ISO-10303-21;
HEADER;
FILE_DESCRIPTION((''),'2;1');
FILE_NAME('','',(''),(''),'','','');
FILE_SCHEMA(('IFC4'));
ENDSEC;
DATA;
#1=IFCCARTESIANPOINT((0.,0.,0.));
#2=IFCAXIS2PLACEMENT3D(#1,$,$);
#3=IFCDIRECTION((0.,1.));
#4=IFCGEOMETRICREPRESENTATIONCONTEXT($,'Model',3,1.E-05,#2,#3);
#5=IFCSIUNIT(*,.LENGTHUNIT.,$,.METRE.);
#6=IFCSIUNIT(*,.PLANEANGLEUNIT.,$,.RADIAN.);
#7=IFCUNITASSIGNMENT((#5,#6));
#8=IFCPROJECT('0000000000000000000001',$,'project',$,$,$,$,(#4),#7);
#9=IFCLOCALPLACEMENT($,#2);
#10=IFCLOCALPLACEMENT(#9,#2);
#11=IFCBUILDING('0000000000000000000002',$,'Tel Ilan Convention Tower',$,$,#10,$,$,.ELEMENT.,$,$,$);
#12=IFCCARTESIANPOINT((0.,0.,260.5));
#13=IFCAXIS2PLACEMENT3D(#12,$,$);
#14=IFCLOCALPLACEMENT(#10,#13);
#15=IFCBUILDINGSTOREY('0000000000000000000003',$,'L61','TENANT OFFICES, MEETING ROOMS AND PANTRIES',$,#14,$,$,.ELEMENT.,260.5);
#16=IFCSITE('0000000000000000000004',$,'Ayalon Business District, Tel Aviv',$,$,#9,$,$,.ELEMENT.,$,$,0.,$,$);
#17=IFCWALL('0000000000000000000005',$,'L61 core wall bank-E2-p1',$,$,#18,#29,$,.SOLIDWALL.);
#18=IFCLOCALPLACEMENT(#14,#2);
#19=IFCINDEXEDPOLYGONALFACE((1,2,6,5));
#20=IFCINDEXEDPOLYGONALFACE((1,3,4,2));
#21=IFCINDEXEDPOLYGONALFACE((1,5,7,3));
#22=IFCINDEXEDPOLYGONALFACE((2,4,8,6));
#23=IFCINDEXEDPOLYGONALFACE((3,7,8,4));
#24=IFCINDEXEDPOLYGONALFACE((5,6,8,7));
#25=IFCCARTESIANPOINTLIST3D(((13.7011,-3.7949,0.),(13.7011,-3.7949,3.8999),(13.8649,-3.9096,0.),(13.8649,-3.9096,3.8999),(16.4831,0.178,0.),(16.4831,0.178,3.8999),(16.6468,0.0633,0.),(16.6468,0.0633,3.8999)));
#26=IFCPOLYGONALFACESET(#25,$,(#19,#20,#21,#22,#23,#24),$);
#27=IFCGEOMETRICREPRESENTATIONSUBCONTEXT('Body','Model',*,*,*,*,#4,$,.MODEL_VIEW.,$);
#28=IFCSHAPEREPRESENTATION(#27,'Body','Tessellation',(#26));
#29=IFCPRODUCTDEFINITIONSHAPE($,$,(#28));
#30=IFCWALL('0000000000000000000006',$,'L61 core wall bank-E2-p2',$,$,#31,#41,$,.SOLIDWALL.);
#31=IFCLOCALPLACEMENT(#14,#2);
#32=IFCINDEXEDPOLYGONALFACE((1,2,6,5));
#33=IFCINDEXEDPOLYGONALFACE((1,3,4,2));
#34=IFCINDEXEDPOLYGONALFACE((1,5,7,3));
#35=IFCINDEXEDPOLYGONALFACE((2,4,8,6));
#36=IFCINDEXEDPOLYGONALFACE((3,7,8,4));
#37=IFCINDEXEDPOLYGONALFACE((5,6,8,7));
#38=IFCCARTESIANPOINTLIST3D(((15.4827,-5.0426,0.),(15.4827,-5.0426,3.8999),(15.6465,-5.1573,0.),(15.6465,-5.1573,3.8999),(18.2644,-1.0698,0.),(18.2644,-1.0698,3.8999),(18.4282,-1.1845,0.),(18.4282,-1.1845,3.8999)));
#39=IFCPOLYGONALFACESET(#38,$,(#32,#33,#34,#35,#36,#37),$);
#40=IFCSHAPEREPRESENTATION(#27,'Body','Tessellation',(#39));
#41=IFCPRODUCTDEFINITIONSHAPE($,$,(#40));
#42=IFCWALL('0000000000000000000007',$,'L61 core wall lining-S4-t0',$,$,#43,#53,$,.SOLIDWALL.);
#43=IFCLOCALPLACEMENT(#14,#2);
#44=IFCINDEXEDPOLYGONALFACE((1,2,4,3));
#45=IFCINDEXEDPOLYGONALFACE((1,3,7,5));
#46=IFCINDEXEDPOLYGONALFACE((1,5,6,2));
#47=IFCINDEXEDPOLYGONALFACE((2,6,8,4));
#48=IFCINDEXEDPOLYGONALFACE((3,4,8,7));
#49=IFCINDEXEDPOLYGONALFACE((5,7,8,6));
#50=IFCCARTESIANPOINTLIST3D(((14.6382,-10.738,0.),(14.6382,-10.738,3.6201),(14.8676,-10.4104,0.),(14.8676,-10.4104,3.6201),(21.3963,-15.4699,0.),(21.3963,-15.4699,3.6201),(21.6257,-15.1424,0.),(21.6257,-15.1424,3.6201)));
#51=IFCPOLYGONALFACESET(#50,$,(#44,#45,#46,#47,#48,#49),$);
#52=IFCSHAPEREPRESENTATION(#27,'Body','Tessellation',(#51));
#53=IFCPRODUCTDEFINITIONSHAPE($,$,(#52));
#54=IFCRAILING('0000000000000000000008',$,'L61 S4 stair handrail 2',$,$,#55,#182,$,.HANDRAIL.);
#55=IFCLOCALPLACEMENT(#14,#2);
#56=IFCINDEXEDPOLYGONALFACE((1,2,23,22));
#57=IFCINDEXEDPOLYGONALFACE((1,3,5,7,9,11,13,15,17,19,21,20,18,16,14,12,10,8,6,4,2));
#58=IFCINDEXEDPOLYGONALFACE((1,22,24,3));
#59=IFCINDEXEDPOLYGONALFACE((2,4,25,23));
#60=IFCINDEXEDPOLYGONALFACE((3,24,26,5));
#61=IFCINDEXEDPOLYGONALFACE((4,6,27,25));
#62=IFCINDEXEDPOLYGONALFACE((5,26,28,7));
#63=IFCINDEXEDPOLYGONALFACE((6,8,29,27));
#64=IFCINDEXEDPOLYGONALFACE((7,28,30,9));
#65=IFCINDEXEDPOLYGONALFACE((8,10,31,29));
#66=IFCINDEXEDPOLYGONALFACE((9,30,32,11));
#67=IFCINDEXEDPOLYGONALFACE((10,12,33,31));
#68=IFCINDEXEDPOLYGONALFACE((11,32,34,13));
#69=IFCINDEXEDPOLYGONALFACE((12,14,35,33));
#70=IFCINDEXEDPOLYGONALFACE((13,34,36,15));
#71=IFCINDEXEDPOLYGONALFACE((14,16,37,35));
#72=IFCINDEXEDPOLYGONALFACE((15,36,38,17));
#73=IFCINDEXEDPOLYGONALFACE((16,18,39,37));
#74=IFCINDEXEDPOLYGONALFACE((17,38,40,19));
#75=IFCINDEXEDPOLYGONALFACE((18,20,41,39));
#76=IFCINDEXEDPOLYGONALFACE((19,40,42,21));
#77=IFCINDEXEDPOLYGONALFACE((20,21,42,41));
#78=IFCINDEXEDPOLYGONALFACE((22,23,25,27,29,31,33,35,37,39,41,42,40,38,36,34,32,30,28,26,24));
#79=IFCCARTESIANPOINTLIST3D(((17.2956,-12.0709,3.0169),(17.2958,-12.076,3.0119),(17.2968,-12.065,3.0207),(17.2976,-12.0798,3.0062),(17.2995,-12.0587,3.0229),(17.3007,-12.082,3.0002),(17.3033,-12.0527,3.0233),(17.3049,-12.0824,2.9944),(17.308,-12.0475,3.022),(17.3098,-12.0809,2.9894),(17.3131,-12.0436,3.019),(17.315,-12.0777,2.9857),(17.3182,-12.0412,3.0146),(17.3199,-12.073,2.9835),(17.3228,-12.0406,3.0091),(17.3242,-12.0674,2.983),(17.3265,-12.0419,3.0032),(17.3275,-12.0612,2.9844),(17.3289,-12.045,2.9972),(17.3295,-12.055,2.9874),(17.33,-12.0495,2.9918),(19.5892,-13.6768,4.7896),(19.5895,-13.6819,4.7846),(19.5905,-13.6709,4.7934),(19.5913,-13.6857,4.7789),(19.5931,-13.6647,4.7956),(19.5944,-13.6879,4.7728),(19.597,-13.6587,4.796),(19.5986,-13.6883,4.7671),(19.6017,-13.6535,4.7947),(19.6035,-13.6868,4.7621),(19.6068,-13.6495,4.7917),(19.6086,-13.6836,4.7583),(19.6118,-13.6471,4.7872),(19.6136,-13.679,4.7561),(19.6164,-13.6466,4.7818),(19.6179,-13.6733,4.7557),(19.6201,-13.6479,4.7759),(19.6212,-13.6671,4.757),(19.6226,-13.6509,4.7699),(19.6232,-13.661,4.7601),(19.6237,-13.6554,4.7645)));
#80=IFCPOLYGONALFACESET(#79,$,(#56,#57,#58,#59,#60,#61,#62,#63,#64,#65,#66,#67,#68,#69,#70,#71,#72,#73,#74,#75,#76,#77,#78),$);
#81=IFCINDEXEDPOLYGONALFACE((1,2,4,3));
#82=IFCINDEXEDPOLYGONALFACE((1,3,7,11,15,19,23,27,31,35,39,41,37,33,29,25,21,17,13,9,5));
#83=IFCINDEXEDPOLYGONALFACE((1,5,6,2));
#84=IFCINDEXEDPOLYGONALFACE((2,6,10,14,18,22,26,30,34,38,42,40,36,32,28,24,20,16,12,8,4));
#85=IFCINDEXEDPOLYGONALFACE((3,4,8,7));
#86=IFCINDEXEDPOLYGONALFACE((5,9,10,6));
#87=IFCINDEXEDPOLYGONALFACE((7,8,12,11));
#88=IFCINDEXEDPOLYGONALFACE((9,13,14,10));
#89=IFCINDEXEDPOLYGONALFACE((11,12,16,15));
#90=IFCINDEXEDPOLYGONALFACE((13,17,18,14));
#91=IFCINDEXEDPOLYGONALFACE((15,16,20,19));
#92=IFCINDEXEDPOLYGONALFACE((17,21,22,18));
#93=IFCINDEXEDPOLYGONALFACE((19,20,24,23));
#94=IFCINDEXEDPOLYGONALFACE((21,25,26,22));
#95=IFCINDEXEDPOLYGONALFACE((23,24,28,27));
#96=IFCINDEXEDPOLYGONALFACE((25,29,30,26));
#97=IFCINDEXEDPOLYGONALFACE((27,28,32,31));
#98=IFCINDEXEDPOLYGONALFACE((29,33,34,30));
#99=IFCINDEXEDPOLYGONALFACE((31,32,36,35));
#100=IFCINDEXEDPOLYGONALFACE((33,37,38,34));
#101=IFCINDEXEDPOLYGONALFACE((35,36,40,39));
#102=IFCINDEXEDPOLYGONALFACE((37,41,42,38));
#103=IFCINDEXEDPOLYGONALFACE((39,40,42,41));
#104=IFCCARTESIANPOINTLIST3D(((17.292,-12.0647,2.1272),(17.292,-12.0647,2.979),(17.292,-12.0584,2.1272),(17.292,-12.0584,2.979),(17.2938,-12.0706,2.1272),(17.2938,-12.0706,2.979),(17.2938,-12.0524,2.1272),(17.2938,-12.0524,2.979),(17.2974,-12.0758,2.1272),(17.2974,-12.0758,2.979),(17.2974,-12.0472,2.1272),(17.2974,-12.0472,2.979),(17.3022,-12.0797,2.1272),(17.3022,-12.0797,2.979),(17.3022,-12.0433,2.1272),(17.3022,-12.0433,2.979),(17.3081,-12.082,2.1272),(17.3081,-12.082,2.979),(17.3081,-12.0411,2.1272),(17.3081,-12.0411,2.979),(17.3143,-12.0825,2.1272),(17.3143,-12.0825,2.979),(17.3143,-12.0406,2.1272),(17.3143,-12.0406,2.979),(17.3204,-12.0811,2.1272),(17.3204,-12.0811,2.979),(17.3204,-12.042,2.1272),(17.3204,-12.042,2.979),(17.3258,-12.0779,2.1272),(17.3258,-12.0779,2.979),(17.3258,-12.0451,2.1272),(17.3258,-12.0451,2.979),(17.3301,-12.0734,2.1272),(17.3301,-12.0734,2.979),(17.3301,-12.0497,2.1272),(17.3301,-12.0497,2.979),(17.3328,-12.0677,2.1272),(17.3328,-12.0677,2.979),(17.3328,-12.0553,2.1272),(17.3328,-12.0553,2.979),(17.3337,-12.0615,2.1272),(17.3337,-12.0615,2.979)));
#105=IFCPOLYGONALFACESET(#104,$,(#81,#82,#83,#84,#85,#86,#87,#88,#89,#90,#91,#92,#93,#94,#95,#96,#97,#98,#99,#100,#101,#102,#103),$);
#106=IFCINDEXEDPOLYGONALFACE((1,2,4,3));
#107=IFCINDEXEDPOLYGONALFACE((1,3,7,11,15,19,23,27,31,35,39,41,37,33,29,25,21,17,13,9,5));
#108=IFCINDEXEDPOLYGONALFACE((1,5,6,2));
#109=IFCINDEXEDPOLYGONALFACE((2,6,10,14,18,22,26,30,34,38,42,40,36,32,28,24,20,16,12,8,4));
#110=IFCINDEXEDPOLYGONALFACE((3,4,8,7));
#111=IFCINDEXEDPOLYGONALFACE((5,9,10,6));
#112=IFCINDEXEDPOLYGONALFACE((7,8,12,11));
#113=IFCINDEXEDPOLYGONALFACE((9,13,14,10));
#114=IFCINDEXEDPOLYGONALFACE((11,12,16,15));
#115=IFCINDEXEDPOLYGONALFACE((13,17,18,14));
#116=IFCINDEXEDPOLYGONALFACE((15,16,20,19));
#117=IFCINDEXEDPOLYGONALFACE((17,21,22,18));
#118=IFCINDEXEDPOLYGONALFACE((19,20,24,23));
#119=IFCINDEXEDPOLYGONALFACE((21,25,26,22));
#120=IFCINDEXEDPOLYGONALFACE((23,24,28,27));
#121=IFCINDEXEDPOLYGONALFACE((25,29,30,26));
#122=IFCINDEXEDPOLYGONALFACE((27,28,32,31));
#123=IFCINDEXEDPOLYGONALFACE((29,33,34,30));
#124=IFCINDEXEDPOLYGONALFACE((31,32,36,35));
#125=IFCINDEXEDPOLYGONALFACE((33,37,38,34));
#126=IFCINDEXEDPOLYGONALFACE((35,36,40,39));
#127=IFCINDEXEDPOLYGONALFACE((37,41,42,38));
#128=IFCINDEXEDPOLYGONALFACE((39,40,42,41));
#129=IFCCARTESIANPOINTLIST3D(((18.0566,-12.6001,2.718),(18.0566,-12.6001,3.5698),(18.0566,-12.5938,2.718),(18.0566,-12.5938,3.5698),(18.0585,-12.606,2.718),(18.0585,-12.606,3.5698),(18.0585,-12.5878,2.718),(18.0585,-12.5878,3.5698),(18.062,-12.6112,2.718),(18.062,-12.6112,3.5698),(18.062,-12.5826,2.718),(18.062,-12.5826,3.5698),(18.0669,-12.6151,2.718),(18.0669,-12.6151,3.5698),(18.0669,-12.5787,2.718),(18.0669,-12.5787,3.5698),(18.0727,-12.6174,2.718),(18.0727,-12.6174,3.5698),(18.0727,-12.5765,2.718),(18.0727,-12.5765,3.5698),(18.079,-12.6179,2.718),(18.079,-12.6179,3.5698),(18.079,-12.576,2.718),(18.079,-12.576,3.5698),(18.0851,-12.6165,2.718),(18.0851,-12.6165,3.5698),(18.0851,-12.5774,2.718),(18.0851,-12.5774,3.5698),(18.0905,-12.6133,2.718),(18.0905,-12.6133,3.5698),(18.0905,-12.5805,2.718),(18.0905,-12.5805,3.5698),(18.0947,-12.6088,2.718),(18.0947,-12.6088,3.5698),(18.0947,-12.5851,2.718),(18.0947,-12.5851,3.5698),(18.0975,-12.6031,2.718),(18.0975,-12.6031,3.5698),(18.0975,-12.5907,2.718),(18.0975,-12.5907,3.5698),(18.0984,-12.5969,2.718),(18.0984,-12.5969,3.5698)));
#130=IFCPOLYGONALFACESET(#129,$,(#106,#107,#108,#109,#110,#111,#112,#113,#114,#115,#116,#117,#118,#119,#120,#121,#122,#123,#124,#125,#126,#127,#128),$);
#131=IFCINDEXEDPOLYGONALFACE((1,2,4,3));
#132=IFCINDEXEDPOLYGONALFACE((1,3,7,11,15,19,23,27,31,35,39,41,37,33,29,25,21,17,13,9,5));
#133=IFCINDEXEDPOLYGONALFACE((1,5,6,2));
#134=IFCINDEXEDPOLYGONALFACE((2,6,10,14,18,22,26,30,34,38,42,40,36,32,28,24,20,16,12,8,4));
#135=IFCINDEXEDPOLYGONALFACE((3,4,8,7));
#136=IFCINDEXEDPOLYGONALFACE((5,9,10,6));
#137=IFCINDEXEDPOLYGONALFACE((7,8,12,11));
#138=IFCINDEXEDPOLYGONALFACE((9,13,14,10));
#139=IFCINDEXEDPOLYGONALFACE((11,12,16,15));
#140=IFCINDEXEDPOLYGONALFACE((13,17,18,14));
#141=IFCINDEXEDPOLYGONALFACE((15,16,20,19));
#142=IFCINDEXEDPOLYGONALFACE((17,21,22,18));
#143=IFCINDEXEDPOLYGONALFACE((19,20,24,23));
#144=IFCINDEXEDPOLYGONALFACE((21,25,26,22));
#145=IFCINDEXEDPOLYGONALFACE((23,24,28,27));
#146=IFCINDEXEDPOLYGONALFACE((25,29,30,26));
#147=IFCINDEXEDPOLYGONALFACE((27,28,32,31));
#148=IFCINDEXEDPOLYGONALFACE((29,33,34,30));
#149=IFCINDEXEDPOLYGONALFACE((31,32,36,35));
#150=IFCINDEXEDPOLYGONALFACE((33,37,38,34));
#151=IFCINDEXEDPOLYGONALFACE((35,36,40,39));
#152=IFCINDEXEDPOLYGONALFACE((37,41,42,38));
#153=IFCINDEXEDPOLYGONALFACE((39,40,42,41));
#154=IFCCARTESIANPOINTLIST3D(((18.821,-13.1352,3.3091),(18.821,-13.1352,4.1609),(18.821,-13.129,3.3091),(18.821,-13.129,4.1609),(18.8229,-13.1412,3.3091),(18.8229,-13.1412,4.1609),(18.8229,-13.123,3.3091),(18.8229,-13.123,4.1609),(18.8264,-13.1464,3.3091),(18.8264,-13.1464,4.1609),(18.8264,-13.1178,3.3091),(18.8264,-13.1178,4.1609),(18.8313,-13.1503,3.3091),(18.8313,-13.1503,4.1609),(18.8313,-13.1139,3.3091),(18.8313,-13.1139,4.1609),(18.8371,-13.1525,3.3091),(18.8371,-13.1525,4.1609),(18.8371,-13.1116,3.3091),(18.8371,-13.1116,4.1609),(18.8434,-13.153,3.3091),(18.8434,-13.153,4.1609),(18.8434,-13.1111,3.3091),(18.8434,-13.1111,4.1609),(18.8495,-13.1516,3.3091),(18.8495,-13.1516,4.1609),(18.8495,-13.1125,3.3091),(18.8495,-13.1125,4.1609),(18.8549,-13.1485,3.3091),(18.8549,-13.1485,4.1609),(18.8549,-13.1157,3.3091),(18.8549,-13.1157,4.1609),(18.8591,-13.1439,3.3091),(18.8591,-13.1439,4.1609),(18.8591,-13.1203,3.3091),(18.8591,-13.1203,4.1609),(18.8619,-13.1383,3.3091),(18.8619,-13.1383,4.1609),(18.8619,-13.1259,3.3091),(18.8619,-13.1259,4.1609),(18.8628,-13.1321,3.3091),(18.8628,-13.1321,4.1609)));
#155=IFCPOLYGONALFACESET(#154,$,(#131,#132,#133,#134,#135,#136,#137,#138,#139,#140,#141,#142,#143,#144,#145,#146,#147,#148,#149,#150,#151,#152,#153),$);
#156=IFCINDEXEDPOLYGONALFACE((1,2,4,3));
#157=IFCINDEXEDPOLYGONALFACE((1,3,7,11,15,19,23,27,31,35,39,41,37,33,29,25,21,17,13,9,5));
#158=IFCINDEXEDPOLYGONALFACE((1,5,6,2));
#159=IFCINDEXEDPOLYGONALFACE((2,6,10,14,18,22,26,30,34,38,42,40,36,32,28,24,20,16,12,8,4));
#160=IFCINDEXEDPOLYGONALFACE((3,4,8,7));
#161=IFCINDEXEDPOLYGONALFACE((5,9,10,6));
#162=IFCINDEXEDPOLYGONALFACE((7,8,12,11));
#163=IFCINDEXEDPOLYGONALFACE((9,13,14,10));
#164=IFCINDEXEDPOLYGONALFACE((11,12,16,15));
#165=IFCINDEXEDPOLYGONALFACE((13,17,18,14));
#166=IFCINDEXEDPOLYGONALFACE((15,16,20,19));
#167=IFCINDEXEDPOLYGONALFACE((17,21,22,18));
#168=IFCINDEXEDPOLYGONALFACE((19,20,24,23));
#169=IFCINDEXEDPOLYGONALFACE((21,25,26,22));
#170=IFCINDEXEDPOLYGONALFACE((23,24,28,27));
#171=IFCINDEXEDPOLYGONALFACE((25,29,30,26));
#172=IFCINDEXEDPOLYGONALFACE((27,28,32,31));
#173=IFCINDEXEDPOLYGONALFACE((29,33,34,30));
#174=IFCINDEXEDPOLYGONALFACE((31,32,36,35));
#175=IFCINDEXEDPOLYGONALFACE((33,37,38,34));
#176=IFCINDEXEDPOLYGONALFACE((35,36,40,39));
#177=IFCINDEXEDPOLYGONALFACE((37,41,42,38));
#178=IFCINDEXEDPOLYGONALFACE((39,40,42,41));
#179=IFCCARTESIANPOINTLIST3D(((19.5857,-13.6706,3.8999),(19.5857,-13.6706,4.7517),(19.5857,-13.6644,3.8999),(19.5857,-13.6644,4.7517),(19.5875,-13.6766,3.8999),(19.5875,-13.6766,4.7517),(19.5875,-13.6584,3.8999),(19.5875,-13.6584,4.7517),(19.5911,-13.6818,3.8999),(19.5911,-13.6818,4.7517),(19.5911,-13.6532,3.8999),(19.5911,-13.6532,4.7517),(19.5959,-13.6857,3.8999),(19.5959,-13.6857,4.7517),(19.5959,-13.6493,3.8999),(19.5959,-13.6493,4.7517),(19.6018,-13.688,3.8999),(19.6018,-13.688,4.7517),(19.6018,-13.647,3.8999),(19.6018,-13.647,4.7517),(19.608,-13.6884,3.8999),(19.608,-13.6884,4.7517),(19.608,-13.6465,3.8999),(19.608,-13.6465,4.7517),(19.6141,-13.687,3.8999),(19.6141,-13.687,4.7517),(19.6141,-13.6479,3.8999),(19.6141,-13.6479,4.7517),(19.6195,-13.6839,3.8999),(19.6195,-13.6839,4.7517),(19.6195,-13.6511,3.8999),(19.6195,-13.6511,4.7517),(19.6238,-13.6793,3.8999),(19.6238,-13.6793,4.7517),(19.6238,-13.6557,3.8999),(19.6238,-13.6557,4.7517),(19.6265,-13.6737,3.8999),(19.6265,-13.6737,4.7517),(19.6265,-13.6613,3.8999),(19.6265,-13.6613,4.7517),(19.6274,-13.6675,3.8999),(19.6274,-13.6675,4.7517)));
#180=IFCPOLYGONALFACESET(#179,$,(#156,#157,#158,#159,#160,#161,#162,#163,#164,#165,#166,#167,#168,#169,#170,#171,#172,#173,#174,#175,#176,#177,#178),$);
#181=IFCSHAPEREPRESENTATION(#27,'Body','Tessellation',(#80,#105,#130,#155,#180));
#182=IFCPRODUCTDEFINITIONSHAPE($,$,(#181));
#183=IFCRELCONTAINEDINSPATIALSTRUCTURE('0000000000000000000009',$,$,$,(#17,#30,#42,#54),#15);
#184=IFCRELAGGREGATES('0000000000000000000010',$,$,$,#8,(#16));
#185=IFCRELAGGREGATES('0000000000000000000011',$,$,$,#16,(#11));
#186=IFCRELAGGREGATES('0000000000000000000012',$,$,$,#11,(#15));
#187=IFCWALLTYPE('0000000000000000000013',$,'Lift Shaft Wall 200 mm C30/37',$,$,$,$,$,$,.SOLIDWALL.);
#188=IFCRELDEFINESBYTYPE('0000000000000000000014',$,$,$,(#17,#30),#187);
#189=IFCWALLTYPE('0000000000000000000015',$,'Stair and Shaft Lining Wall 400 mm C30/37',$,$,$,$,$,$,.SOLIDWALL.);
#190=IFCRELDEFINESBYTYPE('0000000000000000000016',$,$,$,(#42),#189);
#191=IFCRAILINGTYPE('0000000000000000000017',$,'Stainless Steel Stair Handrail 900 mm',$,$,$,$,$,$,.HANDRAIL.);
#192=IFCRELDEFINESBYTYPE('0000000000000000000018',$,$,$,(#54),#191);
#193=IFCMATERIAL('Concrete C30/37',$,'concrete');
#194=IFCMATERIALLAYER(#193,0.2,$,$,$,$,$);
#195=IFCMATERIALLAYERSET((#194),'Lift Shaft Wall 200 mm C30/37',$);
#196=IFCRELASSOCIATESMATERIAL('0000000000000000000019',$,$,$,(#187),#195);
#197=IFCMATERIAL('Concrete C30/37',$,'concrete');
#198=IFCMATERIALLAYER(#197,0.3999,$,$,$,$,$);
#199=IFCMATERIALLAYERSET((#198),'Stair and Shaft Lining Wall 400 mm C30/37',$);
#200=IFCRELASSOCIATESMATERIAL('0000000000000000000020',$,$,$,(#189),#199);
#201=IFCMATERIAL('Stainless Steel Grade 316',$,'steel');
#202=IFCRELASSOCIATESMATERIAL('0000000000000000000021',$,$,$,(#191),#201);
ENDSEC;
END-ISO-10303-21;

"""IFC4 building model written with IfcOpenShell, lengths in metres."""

from ifc_helpers import new_model, si_unit, direction, frame, frame_2d, origin, origin_2d, place, context, subcontext, project, spatial, rectangle, circle, extrude, material, layer, layer_set, type_object, element, save


model = new_model("IFC4")

# Units and contexts
model_context = context("Model", 3, precision=1e-05, world=origin(), true_north=direction((0.0, 1.0)))
body_context = subcontext(model_context, "Body", "Model", "MODEL_VIEW")
ifc_project = project(units=[si_unit("LENGTHUNIT", "METRE"), si_unit("PLANEANGLEUNIT", "RADIAN")], contexts=[model_context])

# Site, building, storey
site_placement = place(None, origin())
site = spatial("IfcSite", under=ifc_project, at=site_placement, Name="Ayalon Business District, Tel Aviv", CompositionType="ELEMENT", RefElevation=0.0)
building_placement = place(site_placement, origin())
building = spatial("IfcBuilding", under=site, at=building_placement, Name="Tel Ilan Convention Tower", CompositionType="ELEMENT")
storey_placement = place(building_placement, frame((0.0, 0.0, 260.5)))
storey = spatial("IfcBuildingStorey", under=building, at=storey_placement, Name="L61", Description="TENANT OFFICES, MEETING ROOMS AND PANTRIES", CompositionType="ELEMENT", Elevation=260.5)

# Walls
ifc_material_1 = material(Name="Concrete C30/37", Category="concrete")
ifc_layer_1 = layer(ifc_material_1, 0.2)
ifc_layer_set_1 = layer_set([ifc_layer_1], Name="Lift Shaft Wall 200 mm C30/37")
wall_type_1 = type_object("IfcWallType", Name="Lift Shaft Wall 200 mm C30/37", PredefinedType="SOLIDWALL", material=ifc_layer_set_1)
wall_1_placement = place(storey_placement, frame((13.783, -3.8523, 0.0), z_axis=(0.0, 0.0, 1.0), x_axis=(0.573594, 0.81914, 0.0)))
element("IfcWall", 1, at=wall_1_placement, inside=storey, type_object=wall_type_1, Name="L61 core wall bank-E2-p1", PredefinedType="SOLIDWALL", context=body_context, shape_type="SweptSolid", body=[
    extrude(rectangle(XDim=4.8501, YDim=0.2, at=frame_2d((2.425, 0.0))), origin(), (0.0, 0.0, 1.0), 3.8999),
])
wall_2_placement = place(storey_placement, frame((15.5647, -5.0999, 0.0), z_axis=(0.0, 0.0, 1.0), x_axis=(0.57356, 0.819163, 0.0)))
element("IfcWall", 2, at=wall_2_placement, inside=storey, type_object=wall_type_1, Name="L61 core wall bank-E2-p2", PredefinedType="SOLIDWALL", context=body_context, shape_type="SweptSolid", body=[
    extrude(rectangle(XDim=4.8499, YDim=0.2, at=frame_2d((2.4248, 0.0))), origin(), (0.0, 0.0, 1.0), 3.8999),
])
ifc_material_2 = material(Name="Concrete C30/37", Category="concrete")
ifc_layer_2 = layer(ifc_material_2, 0.3999)
ifc_layer_set_2 = layer_set([ifc_layer_2], Name="Stair and Shaft Lining Wall 400 mm C30/37")
wall_type_2 = type_object("IfcWallType", Name="Stair and Shaft Lining Wall 400 mm C30/37", PredefinedType="SOLIDWALL", material=ifc_layer_set_2)
wall_3_placement = place(storey_placement, frame((14.7529, -10.5742, 0.0), z_axis=(0.0, 0.0, 1.0), x_axis=(0.819158, -0.573568, 0.0)))
element("IfcWall", 3, at=wall_3_placement, inside=storey, type_object=wall_type_2, Name="L61 core wall lining-S4-t0", PredefinedType="SOLIDWALL", context=body_context, shape_type="SweptSolid", body=[
    extrude(rectangle(XDim=8.25, YDim=0.3999, at=frame_2d((4.125, 0.0))), origin(), (0.0, 0.0, 1.0), 3.6201),
])

# Railing
ifc_material_3 = material(Name="Stainless Steel Grade 316", Category="steel")
railing_type = type_object("IfcRailingType", Name="Stainless Steel Stair Handrail 900 mm", PredefinedType="HANDRAIL", material=ifc_material_3)
railing_placement = place(storey_placement, frame((17.3127, -12.0615, 2.1272)))
element("IfcRailing", 4, at=railing_placement, inside=storey, type_object=railing_type, Name="L61 S4 stair handrail 2", PredefinedType="HANDRAIL", context=body_context, shape_type="SweptSolid", body=[
    extrude(circle(Radius=0.0239, at=origin_2d()), frame((0.0, 0.0, 0.876), z_axis=(0.692123, -0.484597, 0.534913), x_axis=(0.57355, 0.81917, 0.0)), (0.0, 0.0, 1.0), 3.314),
    extrude(circle(Radius=0.021, at=origin_2d()), origin(), (0.0, 0.0, 1.0), 0.8518),
    extrude(circle(Radius=0.021, at=origin_2d()), frame((0.7646, -0.5354, 0.5908)), (0.0, 0.0, 1.0), 0.8518),
    extrude(circle(Radius=0.021, at=origin_2d()), frame((1.5291, -1.0706, 1.1819)), (0.0, 0.0, 1.0), 0.8518),
    extrude(circle(Radius=0.021, at=origin_2d()), frame((2.2937, -1.606, 1.7727)), (0.0, 0.0, 1.0), 0.8518),
])

save(model, "model.ifc")
